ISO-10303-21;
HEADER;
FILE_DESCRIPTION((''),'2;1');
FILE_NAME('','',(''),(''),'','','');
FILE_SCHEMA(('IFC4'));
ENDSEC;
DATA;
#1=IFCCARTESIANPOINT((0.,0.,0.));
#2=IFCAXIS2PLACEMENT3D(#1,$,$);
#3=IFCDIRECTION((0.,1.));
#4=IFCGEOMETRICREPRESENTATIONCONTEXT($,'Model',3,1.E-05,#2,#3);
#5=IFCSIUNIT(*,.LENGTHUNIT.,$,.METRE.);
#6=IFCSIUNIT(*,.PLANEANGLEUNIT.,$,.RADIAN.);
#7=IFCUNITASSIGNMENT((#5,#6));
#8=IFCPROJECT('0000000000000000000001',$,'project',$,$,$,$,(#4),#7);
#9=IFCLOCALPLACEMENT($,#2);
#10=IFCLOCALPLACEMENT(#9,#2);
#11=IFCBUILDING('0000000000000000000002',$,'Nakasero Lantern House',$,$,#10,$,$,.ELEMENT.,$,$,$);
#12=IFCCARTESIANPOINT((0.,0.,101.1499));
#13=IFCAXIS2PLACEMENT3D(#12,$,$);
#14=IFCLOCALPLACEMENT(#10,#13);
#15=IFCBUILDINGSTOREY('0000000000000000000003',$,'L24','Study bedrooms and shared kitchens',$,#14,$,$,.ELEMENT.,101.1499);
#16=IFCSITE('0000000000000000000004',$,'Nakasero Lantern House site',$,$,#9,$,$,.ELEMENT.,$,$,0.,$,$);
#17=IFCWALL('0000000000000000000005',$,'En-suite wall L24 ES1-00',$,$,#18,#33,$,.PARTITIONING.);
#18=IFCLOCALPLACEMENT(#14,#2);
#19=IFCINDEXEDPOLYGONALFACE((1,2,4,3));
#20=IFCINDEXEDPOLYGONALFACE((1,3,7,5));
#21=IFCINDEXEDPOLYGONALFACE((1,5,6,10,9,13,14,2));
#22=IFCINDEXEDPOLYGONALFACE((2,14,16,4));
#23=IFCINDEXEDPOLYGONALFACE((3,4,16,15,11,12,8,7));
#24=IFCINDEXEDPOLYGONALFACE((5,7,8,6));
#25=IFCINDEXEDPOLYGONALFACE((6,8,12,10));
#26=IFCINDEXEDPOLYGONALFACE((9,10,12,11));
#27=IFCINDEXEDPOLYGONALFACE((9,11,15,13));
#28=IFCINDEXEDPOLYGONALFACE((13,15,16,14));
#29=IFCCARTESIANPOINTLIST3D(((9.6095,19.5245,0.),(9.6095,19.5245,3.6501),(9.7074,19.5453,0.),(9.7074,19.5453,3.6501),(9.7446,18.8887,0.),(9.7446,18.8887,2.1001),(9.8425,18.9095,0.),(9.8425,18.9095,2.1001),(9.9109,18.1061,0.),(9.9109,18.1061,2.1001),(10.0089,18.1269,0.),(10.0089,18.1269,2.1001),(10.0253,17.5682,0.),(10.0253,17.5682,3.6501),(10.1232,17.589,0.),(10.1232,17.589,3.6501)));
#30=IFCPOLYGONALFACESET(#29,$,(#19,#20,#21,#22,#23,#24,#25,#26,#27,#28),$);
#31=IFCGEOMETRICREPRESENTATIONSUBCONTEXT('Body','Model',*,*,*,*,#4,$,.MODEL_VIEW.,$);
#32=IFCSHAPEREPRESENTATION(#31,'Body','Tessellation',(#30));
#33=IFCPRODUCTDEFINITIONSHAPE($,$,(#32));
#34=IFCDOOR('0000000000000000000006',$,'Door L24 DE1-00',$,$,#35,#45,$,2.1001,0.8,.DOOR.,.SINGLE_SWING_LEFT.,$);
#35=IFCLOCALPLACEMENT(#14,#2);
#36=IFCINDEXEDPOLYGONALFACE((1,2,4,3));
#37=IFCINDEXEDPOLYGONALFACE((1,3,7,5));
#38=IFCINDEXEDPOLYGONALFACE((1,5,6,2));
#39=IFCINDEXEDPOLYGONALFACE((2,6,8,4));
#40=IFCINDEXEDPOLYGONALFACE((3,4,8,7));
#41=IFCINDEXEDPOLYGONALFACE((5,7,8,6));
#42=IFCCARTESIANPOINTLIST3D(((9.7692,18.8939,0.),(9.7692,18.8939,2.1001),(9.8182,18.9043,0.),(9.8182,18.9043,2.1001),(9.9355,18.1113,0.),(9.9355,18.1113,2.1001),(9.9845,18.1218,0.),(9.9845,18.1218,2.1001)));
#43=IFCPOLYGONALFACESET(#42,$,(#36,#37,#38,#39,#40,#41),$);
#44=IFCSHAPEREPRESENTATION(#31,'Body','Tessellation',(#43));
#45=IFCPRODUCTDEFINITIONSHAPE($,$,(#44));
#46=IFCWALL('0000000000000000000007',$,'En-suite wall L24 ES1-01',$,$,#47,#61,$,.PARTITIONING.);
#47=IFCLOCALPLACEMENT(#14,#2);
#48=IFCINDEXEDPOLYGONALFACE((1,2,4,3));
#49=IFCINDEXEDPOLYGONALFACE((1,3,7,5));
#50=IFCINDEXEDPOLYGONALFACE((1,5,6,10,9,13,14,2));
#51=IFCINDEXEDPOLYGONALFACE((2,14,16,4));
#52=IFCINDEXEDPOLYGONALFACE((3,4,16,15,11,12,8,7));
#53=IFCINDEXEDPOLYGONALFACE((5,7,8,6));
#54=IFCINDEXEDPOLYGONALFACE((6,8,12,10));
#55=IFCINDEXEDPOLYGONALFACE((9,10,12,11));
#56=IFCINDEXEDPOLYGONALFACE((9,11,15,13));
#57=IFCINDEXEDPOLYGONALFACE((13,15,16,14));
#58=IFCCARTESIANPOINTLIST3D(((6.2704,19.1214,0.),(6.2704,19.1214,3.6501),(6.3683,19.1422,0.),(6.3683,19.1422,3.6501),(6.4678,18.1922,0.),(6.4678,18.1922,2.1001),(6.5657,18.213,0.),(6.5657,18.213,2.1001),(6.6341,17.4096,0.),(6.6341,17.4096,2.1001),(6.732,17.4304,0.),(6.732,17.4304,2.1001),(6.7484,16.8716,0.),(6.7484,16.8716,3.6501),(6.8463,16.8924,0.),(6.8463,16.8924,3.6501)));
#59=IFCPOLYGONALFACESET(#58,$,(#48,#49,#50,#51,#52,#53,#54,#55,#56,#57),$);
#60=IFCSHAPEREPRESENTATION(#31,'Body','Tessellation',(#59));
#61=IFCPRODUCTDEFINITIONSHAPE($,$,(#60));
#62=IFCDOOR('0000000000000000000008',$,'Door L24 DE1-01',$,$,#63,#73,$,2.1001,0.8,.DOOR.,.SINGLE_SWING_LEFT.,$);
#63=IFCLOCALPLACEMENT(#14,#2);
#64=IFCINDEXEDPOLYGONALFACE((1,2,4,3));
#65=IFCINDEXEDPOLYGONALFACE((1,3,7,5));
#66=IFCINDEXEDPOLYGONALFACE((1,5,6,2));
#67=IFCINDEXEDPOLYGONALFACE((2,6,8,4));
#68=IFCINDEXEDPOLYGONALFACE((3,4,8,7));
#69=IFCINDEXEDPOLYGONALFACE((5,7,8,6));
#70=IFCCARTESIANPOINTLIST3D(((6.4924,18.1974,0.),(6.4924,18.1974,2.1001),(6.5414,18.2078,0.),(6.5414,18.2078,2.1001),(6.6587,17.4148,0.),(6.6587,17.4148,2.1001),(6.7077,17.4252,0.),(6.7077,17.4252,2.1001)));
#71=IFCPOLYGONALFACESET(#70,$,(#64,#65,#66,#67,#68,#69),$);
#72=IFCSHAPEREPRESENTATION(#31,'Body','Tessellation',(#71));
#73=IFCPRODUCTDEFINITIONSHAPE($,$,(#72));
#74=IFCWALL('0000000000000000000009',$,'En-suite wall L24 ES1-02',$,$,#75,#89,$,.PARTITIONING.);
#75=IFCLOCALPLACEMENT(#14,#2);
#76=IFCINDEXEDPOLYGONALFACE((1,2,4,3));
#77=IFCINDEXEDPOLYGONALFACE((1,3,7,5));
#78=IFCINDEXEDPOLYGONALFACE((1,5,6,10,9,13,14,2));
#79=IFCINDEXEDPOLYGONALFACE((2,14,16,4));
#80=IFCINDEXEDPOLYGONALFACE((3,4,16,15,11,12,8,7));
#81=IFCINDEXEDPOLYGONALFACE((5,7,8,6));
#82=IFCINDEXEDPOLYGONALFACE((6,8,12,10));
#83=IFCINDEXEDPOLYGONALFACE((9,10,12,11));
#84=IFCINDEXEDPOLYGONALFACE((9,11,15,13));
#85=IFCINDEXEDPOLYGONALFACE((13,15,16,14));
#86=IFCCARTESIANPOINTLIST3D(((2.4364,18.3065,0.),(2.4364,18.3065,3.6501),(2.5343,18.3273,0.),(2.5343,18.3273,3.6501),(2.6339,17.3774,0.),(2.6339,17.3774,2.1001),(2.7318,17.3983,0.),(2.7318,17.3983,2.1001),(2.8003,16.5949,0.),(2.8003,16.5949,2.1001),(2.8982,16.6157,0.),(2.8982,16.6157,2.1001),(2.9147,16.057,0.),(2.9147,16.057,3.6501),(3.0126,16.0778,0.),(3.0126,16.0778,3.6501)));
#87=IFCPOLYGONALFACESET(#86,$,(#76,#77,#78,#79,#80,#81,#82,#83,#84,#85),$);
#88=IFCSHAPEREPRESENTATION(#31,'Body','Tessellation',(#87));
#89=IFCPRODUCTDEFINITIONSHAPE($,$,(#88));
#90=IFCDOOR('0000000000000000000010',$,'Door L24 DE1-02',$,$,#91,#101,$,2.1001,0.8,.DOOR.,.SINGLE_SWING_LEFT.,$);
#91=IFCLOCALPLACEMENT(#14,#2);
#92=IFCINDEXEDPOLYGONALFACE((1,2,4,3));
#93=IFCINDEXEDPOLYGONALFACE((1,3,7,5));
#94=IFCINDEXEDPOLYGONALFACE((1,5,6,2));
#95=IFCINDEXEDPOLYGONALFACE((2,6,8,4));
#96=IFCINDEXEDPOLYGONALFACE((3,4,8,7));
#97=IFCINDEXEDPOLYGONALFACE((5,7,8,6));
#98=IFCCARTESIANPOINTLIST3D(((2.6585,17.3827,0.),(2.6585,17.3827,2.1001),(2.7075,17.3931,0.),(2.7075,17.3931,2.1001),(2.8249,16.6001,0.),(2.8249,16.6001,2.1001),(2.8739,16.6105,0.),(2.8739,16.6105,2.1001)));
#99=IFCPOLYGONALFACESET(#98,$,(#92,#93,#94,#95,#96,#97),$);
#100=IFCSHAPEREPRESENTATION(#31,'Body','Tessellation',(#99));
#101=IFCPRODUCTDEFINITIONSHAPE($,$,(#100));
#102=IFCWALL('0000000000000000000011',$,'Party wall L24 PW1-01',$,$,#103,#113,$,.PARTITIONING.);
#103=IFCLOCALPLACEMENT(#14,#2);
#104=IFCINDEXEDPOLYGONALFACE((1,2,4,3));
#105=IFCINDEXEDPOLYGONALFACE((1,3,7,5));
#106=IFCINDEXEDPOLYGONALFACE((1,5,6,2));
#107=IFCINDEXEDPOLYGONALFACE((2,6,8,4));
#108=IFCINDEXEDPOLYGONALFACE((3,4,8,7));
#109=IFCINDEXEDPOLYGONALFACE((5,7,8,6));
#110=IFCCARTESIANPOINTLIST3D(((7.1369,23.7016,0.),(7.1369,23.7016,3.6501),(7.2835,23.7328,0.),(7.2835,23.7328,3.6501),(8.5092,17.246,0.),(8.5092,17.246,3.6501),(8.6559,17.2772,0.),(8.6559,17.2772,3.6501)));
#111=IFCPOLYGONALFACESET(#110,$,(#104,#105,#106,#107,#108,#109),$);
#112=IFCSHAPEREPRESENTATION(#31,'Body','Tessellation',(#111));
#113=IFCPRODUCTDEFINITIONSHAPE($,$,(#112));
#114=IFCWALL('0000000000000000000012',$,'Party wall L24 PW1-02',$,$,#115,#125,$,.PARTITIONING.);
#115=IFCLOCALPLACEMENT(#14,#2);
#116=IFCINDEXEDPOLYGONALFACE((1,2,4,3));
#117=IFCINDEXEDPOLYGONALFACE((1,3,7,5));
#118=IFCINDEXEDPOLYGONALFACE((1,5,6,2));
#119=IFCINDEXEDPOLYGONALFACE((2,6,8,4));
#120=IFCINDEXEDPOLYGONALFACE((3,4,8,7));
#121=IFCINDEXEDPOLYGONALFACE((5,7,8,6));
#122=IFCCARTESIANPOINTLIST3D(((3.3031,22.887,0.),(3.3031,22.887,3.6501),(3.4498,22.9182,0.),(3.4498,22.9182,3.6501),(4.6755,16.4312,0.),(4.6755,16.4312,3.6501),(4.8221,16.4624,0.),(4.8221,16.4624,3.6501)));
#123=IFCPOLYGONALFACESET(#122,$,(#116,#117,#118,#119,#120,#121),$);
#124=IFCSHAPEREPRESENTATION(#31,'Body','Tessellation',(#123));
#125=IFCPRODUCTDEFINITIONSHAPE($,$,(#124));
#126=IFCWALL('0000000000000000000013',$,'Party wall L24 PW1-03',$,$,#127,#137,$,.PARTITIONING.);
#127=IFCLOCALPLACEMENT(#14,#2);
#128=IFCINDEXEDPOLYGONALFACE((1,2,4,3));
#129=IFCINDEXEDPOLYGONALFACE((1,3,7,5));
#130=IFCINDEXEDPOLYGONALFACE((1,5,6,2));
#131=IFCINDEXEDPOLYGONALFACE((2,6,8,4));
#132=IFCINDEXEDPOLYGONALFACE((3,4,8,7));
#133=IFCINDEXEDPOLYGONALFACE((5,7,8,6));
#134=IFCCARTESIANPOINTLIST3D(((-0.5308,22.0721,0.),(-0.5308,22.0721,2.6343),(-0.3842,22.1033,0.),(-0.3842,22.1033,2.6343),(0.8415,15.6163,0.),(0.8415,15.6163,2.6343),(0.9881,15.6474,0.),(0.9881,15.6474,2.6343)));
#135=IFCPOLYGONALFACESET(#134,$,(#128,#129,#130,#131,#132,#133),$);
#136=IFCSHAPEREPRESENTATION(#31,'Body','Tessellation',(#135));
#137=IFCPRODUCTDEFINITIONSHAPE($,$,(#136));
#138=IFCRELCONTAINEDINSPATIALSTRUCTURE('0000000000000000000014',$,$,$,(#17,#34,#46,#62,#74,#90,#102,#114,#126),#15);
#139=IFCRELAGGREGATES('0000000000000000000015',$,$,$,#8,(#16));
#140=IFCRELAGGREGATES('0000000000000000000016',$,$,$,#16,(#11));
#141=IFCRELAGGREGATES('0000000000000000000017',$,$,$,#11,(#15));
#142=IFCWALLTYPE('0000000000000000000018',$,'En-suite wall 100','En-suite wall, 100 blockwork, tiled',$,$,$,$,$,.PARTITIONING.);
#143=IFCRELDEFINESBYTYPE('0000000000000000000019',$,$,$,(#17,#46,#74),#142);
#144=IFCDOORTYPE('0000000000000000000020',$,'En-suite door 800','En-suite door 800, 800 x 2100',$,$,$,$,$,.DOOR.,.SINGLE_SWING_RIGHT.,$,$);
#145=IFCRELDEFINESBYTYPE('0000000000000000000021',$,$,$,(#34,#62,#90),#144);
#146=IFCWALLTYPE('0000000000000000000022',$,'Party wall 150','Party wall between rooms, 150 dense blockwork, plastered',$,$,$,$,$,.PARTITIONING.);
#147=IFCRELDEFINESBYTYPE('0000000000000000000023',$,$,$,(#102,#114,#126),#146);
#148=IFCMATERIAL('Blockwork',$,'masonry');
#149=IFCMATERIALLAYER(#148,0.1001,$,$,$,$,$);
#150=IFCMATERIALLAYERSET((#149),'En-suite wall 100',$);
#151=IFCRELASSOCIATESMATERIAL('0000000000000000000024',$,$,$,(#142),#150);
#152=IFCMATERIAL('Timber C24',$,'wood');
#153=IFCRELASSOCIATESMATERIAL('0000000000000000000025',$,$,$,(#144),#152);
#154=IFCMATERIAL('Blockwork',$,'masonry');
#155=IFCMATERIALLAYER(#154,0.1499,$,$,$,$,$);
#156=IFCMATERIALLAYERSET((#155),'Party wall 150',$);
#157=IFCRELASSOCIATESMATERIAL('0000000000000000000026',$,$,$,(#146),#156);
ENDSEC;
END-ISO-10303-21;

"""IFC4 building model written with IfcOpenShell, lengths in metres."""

from ifc_helpers import new_model, si_unit, direction, frame, frame_2d, origin, place, context, subcontext, project, spatial, rectangle, extrude, material, layer, layer_set, type_object, element, fill, save


model = new_model("IFC4")

# Units and contexts
model_context = context("Model", 3, precision=1e-05, world=origin(), true_north=direction((0.0, 1.0)))
body_context = subcontext(model_context, "Body", "Model", "MODEL_VIEW")
ifc_project = project(units=[si_unit("LENGTHUNIT", "METRE"), si_unit("PLANEANGLEUNIT", "RADIAN")], contexts=[model_context])

# Site, building, storey
site_placement = place(None, origin())
site = spatial("IfcSite", under=ifc_project, at=site_placement, Name="Nakasero Lantern House site", CompositionType="ELEMENT", RefElevation=0.0)
building_placement = place(site_placement, origin())
building = spatial("IfcBuilding", under=site, at=building_placement, Name="Nakasero Lantern House", CompositionType="ELEMENT")
storey_placement = place(building_placement, frame((0.0, 0.0, 101.1499)))
storey = spatial("IfcBuildingStorey", under=building, at=storey_placement, Name="L24", Description="Study bedrooms and shared kitchens", CompositionType="ELEMENT", Elevation=101.1499)

# Walls, openings, doors
ifc_material_1 = material(Name="Blockwork", Category="masonry")
ifc_layer_1 = layer(ifc_material_1, 0.1001)
ifc_layer_set_1 = layer_set([ifc_layer_1], Name="En-suite wall 100")
wall_type_1 = type_object("IfcWallType", Name="En-suite wall 100", Description="En-suite wall, 100 blockwork, tiled", PredefinedType="PARTITIONING", material=ifc_layer_set_1)
wall_1_placement = place(storey_placement, frame((10.0742, 17.5786, 0.0), z_axis=(0.0, 0.0, 1.0), x_axis=(-0.207886, 0.978153, 0.0)))
wall_1 = element("IfcWall", 1, at=wall_1_placement, inside=storey, type_object=wall_type_1, Name="En-suite wall L24 ES1-00", PredefinedType="PARTITIONING", context=body_context, shape_type="SweptSolid", body=[
    extrude(rectangle(XDim=2.0, YDim=0.1001, at=frame_2d((1.0, 0.0))), origin(), (0.0, 0.0, 1.0), 3.6501),
])
opening_1_placement = place(wall_1_placement, frame((0.55, 0.0, 0.0)))
opening_1 = element("IfcOpeningElement", 2, at=opening_1_placement, cuts=wall_1, PredefinedType="OPENING", context=body_context, shape_type="SweptSolid", body=[
    extrude(rectangle(XDim=0.8, YDim=2.1001, at=frame_2d((0.3999, 1.05))), frame((0.0, 0.0701, 0.0), z_axis=(0.0, -1.0, 0.0), x_axis=(1.0, 0.0, 0.0)), (0.0, 0.0, 1.0), 0.1401),
])
ifc_material_2 = material(Name="Timber C24", Category="wood")
door_type = type_object("IfcDoorType", Name="En-suite door 800", Description="En-suite door 800, 800 x 2100", OperationType="SINGLE_SWING_RIGHT", PredefinedType="DOOR", material=ifc_material_2)
door_1_placement = place(opening_1_placement, origin())
door_1 = element("IfcDoor", 3, at=door_1_placement, inside=storey, type_object=door_type, Name="Door L24 DE1-00", OperationType="SINGLE_SWING_LEFT", OverallHeight=2.1001, OverallWidth=0.8, PredefinedType="DOOR", context=body_context, shape_type="SweptSolid", body=[
    extrude(rectangle(XDim=0.8, YDim=2.1001, at=frame_2d((0.3999, 1.05))), frame((0.0, 0.0249, 0.0), z_axis=(0.0, -1.0, 0.0), x_axis=(1.0, 0.0, 0.0)), (0.0, 0.0, 1.0), 0.05),
])
fill(opening_1, door_1)
wall_2_placement = place(storey_placement, frame((6.7974, 16.8821, 0.0), z_axis=(0.0, 0.0, 1.0), x_axis=(-0.20784, 0.978163, 0.0)))
wall_2 = element("IfcWall", 4, at=wall_2_placement, inside=storey, type_object=wall_type_1, Name="En-suite wall L24 ES1-01", PredefinedType="PARTITIONING", context=body_context, shape_type="SweptSolid", body=[
    extrude(rectangle(XDim=2.3, YDim=0.1001, at=frame_2d((1.1499, 0.0))), origin(), (0.0, 0.0, 1.0), 3.6501),
])
opening_2_placement = place(wall_2_placement, frame((0.55, 0.0, 0.0)))
opening_2 = element("IfcOpeningElement", 5, at=opening_2_placement, cuts=wall_2, PredefinedType="OPENING", context=body_context, shape_type="SweptSolid", body=[
    extrude(rectangle(XDim=0.8, YDim=2.1001, at=frame_2d((0.3999, 1.05))), frame((0.0, 0.0701, 0.0), z_axis=(0.0, -1.0, 0.0), x_axis=(1.0, 0.0, 0.0)), (0.0, 0.0, 1.0), 0.1401),
])
door_2_placement = place(opening_2_placement, origin())
door_2 = element("IfcDoor", 6, at=door_2_placement, inside=storey, type_object=door_type, Name="Door L24 DE1-01", OperationType="SINGLE_SWING_LEFT", OverallHeight=2.1001, OverallWidth=0.8, PredefinedType="DOOR", context=body_context, shape_type="SweptSolid", body=[
    extrude(rectangle(XDim=0.8, YDim=2.1001, at=frame_2d((0.3999, 1.05))), frame((0.0, 0.0249, 0.0), z_axis=(0.0, -1.0, 0.0), x_axis=(1.0, 0.0, 0.0)), (0.0, 0.0, 1.0), 0.05),
])
fill(opening_2, door_2)
wall_3_placement = place(storey_placement, frame((2.9636, 16.0674, 0.0), z_axis=(0.0, 0.0, 1.0), x_axis=(-0.207963, 0.978137, 0.0)))
wall_3 = element("IfcWall", 7, at=wall_3_placement, inside=storey, type_object=wall_type_1, Name="En-suite wall L24 ES1-02", PredefinedType="PARTITIONING", context=body_context, shape_type="SweptSolid", body=[
    extrude(rectangle(XDim=2.2998, YDim=0.1001, at=frame_2d((1.1499, 0.0))), origin(), (0.0, 0.0, 1.0), 3.6501),
])
opening_3_placement = place(wall_3_placement, frame((0.55, 0.0, 0.0)))
opening_3 = element("IfcOpeningElement", 8, at=opening_3_placement, cuts=wall_3, PredefinedType="OPENING", context=body_context, shape_type="SweptSolid", body=[
    extrude(rectangle(XDim=0.8, YDim=2.1001, at=frame_2d((0.3999, 1.05))), frame((0.0, 0.0701, 0.0), z_axis=(0.0, -1.0, 0.0), x_axis=(1.0, 0.0, 0.0)), (0.0, 0.0, 1.0), 0.1401),
])
door_3_placement = place(opening_3_placement, origin())
door_3 = element("IfcDoor", 9, at=door_3_placement, inside=storey, type_object=door_type, Name="Door L24 DE1-02", OperationType="SINGLE_SWING_LEFT", OverallHeight=2.1001, OverallWidth=0.8, PredefinedType="DOOR", context=body_context, shape_type="SweptSolid", body=[
    extrude(rectangle(XDim=0.8, YDim=2.1001, at=frame_2d((0.3999, 1.05))), frame((0.0, 0.0249, 0.0), z_axis=(0.0, -1.0, 0.0), x_axis=(1.0, 0.0, 0.0)), (0.0, 0.0, 1.0), 0.05),
])
fill(opening_3, door_3)

# Walls
ifc_material_3 = material(Name="Blockwork", Category="masonry")
ifc_layer_2 = layer(ifc_material_3, 0.1499)
ifc_layer_set_2 = layer_set([ifc_layer_2], Name="Party wall 150")
wall_type_2 = type_object("IfcWallType", Name="Party wall 150", Description="Party wall between rooms, 150 dense blockwork, plastered", PredefinedType="PARTITIONING", material=ifc_layer_set_2)
wall_4_placement = place(storey_placement, frame((8.5825, 17.2617, 0.0), z_axis=(0.0, 0.0, 1.0), x_axis=(-0.207932, 0.978143, 0.0)))
element("IfcWall", 10, at=wall_4_placement, inside=storey, type_object=wall_type_2, Name="Party wall L24 PW1-01", PredefinedType="PARTITIONING", context=body_context, shape_type="SweptSolid", body=[
    extrude(rectangle(XDim=6.5999, YDim=0.1499, at=frame_2d((3.2998, 0.0))), origin(), (0.0, 0.0, 1.0), 3.6501),
])
wall_5_placement = place(storey_placement, frame((4.7488, 16.4468, 0.0), z_axis=(0.0, 0.0, 1.0), x_axis=(-0.207925, 0.978145, 0.0)))
element("IfcWall", 11, at=wall_5_placement, inside=storey, type_object=wall_type_2, Name="Party wall L24 PW1-02", PredefinedType="PARTITIONING", context=body_context, shape_type="SweptSolid", body=[
    extrude(rectangle(XDim=6.6001, YDim=0.1499, at=frame_2d((3.3, 0.0))), origin(), (0.0, 0.0, 1.0), 3.6501),
])
wall_6_placement = place(storey_placement, frame((0.9148, 15.6318, 0.0), z_axis=(0.0, 0.0, 1.0), x_axis=(-0.207925, 0.978145, 0.0)))
element("IfcWall", 12, at=wall_6_placement, inside=storey, type_object=wall_type_2, Name="Party wall L24 PW1-03", PredefinedType="PARTITIONING", context=body_context, shape_type="SweptSolid", body=[
    extrude(rectangle(XDim=6.6001, YDim=0.1499, at=frame_2d((3.3, 0.0))), origin(), (0.0, 0.0, 1.0), 2.6343),
])

save(model, "model.ifc")
